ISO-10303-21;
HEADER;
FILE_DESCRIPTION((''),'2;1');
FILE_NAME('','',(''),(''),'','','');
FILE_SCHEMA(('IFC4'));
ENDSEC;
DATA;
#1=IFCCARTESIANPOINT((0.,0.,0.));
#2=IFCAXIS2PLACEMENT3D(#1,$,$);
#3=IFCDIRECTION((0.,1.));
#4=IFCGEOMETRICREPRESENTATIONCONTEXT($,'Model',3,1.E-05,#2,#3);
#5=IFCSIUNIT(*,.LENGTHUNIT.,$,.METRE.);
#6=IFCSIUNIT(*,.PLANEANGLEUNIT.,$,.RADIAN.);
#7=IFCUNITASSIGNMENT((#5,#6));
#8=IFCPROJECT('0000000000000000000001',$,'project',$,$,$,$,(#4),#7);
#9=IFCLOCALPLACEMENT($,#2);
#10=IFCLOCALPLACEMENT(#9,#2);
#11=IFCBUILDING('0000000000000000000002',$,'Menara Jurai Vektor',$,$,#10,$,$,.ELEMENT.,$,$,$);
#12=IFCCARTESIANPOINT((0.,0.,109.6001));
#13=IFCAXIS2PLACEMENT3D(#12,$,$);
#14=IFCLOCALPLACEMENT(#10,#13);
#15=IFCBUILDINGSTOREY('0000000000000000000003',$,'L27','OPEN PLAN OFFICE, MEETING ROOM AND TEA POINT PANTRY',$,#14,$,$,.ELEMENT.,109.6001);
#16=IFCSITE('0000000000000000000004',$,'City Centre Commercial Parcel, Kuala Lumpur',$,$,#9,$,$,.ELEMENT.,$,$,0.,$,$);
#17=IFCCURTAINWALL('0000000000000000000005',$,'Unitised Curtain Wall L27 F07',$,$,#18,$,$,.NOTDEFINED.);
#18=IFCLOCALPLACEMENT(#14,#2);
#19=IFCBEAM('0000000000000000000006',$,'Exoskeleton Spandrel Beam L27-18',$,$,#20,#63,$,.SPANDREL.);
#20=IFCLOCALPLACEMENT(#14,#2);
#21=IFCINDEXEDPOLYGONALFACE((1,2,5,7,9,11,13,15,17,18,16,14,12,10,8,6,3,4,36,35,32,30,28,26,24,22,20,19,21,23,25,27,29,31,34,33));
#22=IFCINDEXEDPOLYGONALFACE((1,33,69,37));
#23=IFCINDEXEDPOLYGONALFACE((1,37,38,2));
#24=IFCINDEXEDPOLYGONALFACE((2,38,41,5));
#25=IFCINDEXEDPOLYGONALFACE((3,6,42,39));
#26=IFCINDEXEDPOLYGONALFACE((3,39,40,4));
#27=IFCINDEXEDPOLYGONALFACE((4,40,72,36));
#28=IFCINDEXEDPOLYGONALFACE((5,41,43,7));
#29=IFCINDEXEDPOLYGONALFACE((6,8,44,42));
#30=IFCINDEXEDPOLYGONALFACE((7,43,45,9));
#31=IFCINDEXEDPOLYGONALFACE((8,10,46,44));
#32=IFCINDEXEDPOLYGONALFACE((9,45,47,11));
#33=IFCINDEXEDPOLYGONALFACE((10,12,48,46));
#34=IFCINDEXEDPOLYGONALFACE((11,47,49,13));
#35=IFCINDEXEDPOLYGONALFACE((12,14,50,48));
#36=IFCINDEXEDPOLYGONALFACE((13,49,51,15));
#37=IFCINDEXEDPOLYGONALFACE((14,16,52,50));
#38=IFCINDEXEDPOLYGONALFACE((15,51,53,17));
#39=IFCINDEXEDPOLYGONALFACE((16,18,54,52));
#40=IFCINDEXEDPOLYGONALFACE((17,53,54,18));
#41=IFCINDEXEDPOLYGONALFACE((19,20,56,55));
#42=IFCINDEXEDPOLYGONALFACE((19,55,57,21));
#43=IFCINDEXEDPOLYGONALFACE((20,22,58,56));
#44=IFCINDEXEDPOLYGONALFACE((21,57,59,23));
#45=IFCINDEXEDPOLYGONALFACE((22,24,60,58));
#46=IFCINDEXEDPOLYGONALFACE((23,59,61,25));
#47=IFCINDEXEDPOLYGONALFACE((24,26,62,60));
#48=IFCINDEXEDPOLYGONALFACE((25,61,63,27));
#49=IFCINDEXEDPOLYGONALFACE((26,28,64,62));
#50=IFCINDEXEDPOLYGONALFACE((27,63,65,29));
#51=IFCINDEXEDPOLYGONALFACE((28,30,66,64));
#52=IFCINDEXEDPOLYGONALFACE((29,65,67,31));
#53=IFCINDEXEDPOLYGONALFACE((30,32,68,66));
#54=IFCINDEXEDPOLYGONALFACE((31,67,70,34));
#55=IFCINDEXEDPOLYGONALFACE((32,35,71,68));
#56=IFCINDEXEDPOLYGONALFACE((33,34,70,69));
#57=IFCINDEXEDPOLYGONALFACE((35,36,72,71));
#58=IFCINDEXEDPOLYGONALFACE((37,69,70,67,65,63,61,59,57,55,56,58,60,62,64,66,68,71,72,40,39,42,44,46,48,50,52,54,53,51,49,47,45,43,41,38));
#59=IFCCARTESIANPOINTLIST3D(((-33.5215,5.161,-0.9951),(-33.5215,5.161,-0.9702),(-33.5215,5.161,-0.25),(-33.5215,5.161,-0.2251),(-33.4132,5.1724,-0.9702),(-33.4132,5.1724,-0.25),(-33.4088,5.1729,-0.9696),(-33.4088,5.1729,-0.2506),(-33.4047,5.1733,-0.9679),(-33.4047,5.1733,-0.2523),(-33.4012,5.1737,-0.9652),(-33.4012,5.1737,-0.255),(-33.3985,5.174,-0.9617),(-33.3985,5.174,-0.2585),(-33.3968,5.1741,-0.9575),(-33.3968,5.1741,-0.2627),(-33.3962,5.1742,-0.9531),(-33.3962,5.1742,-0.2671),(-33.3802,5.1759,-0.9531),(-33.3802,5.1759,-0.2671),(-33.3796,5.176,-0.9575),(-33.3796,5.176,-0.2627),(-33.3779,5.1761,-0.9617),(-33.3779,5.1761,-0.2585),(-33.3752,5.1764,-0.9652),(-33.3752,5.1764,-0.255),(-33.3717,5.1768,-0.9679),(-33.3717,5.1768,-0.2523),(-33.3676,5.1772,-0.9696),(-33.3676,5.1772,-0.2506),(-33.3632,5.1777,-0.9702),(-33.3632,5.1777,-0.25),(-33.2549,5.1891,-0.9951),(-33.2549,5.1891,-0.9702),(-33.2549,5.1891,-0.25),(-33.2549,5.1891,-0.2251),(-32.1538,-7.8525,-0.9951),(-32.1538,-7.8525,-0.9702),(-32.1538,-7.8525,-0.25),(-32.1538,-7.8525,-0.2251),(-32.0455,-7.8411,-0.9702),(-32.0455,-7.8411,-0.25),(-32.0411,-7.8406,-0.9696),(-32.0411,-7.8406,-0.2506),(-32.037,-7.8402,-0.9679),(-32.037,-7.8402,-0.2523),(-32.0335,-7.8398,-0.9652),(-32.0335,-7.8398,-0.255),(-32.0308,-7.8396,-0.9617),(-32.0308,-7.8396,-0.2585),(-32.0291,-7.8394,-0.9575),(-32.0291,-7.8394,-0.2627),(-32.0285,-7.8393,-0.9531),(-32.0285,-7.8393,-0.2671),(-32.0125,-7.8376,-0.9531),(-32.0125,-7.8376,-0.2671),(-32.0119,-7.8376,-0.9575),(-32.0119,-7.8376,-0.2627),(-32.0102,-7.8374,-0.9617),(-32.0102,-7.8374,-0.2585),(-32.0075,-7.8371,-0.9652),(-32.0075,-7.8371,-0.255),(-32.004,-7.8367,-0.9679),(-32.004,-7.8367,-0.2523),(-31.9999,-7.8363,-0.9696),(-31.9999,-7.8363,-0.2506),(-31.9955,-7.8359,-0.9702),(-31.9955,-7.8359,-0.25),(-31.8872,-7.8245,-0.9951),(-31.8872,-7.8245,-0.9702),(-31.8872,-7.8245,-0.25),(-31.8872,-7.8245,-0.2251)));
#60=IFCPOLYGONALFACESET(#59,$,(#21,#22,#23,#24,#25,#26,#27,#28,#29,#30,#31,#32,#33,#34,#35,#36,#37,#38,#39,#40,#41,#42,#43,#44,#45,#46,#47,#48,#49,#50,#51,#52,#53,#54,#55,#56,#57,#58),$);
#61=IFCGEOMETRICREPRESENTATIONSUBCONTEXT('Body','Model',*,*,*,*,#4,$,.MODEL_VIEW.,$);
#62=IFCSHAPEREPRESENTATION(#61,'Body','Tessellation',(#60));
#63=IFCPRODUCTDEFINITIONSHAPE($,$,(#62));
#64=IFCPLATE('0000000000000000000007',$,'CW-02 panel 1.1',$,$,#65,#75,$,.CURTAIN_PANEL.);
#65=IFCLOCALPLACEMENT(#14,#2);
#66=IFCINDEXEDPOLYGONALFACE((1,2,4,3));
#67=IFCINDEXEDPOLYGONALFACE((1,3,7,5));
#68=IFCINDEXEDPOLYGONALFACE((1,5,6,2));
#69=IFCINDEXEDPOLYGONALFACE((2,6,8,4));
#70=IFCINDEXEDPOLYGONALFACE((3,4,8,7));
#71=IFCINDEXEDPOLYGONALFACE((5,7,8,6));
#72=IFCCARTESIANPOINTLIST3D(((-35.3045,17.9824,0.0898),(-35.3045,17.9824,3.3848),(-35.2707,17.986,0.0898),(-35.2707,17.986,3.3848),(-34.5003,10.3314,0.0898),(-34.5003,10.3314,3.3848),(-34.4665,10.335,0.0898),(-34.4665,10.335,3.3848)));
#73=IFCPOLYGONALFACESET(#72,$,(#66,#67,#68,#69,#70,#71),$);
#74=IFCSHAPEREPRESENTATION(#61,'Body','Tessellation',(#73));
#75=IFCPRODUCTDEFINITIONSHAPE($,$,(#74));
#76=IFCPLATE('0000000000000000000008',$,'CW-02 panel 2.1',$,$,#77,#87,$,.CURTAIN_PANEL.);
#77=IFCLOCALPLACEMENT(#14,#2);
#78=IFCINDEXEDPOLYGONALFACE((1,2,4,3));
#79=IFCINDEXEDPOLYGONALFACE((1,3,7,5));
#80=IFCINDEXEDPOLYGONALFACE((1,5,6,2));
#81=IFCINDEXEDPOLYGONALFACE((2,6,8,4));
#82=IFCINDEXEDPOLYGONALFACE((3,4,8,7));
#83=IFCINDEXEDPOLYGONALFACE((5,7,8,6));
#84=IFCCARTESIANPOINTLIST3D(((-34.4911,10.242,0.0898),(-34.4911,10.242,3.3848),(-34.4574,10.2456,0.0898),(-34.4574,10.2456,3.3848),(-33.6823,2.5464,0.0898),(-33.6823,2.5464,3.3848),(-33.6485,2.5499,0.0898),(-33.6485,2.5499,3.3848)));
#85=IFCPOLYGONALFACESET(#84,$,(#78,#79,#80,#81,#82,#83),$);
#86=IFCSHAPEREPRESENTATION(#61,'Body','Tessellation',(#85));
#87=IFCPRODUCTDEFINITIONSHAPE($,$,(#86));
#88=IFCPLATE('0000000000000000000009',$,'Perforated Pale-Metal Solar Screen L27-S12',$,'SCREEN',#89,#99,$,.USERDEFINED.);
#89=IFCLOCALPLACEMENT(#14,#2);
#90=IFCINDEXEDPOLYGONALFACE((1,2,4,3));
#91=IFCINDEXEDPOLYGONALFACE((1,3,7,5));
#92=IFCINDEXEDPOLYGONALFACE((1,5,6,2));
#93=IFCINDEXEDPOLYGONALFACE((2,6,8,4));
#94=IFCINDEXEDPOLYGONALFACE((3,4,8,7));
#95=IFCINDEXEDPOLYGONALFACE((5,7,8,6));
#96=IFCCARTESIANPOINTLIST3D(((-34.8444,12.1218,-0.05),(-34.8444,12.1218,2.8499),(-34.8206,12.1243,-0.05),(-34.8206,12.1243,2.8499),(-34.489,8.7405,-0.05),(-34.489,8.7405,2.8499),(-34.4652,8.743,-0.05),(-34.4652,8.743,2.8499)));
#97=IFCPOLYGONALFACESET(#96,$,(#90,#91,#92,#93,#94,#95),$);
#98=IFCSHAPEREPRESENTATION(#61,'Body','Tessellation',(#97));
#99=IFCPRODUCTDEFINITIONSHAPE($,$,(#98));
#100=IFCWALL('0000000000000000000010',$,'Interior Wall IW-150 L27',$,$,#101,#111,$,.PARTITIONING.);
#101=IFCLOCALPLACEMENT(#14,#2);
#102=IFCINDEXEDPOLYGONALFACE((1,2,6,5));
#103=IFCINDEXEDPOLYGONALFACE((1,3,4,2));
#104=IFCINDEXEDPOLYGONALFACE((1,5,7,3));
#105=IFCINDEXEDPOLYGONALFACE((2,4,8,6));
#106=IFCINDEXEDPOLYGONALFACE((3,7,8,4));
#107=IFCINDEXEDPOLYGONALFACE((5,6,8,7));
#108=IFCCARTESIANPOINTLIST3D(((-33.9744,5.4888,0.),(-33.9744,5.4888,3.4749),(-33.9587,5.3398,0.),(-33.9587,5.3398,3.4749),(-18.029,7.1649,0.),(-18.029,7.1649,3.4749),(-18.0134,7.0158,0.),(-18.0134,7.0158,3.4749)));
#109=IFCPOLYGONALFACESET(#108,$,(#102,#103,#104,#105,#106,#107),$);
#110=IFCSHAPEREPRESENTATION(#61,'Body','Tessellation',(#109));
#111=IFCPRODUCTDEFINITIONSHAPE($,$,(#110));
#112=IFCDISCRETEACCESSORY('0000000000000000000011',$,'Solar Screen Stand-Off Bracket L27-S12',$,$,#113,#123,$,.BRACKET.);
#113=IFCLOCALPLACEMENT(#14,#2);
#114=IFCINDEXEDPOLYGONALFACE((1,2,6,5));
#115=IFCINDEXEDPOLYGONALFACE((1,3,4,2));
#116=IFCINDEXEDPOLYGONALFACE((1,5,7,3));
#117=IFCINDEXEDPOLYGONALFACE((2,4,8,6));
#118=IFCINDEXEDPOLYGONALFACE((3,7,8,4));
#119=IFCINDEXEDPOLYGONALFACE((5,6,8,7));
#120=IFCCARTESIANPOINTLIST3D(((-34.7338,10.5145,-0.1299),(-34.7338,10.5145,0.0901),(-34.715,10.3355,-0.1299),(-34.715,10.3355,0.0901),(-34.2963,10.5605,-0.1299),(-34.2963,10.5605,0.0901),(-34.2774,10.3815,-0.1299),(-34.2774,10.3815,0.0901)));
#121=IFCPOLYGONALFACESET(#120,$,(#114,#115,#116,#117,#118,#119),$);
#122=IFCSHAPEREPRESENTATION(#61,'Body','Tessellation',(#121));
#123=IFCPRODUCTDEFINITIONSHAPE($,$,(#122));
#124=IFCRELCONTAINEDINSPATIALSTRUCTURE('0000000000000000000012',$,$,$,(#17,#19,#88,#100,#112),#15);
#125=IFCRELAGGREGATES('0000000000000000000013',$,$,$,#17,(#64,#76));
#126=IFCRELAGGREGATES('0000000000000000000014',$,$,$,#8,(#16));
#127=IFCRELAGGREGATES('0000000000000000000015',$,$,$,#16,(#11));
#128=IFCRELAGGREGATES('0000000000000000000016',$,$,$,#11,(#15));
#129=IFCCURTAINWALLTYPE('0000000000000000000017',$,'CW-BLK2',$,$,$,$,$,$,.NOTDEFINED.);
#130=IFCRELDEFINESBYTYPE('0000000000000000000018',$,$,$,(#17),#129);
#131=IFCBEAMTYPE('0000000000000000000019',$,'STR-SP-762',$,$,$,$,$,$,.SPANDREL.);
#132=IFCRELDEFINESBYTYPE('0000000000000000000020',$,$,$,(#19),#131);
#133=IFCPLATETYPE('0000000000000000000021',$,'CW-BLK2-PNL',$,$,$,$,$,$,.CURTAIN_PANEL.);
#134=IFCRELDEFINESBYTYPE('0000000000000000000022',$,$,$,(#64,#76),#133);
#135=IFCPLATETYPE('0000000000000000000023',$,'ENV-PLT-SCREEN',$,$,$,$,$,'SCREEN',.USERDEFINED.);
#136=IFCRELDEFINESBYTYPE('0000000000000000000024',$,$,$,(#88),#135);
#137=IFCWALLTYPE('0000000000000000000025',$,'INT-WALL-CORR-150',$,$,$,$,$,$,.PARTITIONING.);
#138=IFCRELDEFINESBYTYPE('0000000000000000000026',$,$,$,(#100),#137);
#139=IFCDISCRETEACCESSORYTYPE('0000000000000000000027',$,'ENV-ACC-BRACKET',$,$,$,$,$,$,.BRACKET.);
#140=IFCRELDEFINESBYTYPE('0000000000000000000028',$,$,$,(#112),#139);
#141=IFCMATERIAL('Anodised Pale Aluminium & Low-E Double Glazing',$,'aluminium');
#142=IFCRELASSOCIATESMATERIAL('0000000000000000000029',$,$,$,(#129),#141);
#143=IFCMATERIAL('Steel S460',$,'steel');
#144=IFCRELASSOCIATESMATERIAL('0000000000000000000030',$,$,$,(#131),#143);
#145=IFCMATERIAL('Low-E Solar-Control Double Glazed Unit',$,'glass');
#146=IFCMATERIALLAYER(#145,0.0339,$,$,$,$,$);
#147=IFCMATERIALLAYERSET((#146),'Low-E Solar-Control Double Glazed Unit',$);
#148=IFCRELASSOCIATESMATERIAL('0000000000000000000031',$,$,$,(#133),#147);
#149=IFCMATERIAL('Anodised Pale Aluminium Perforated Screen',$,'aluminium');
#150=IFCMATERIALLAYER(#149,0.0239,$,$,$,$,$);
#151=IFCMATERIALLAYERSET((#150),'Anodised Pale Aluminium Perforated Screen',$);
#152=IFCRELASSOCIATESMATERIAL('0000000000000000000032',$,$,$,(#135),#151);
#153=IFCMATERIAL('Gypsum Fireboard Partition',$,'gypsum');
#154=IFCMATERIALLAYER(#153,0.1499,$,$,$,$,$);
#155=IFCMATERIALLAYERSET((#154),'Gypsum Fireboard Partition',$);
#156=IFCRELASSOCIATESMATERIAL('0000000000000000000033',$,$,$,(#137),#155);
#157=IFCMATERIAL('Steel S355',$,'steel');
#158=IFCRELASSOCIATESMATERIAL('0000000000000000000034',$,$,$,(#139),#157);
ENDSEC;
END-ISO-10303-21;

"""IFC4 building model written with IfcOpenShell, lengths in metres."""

from ifc_helpers import new_model, si_unit, direction, frame, frame_2d, origin, origin_2d, place, context, subcontext, project, spatial, rectangle, i_section, extrude, material, layer, layer_set, material_profile, profile_set, type_object, element, aggregate, save


model = new_model("IFC4")

# Units and contexts
model_context = context("Model", 3, precision=1e-05, world=origin(), true_north=direction((0.0, 1.0)))
body_context = subcontext(model_context, "Body", "Model", "MODEL_VIEW")
ifc_project = project(units=[si_unit("LENGTHUNIT", "METRE"), si_unit("PLANEANGLEUNIT", "RADIAN")], contexts=[model_context])

# Site, building, storey
site_placement = place(None, origin())
site = spatial("IfcSite", under=ifc_project, at=site_placement, Name="City Centre Commercial Parcel, Kuala Lumpur", CompositionType="ELEMENT", RefElevation=0.0)
building_placement = place(site_placement, origin())
building = spatial("IfcBuilding", under=site, at=building_placement, Name="Menara Jurai Vektor", CompositionType="ELEMENT")
storey_placement = place(building_placement, frame((0.0, 0.0, 109.6001)))
storey = spatial("IfcBuildingStorey", under=building, at=storey_placement, Name="L27", Description="OPEN PLAN OFFICE, MEETING ROOM AND TEA POINT PANTRY", CompositionType="ELEMENT", Elevation=109.6001)

# Shared definitions
ifc_material_1 = material(Name="Steel S460", Category="steel")

# Curtain wall
ifc_material_2 = material(Name="Anodised Pale Aluminium & Low-E Double Glazing", Category="aluminium")
curtain_wall_type = type_object("IfcCurtainWallType", Name="CW-BLK2", PredefinedType="NOTDEFINED", material=ifc_material_2)
curtain_wall_placement = place(storey_placement, origin())
curtain_wall = element("IfcCurtainWall", 1, at=curtain_wall_placement, inside=storey, type_object=curtain_wall_type, Name="Unitised Curtain Wall L27 F07", PredefinedType="NOTDEFINED")

# Beam
ifc_material_3 = material(Name="Steel S355", Category="steel")
ifc_material_profile_1 = material_profile(ifc_material_1, i_section(OverallWidth=0.2681, OverallDepth=0.77, WebThickness=0.0161, FlangeThickness=0.0249, FilletRadius=0.0171, at=origin_2d()), Name="UKB 762x267x197")
ifc_profile_set_1 = profile_set([ifc_material_profile_1], Name="Steel S460")
beam_type_1 = type_object("IfcBeamType", Name="STR-SP-762", PredefinedType="SPANDREL", material=ifc_profile_set_1)
beam_1_placement = place(storey_placement, frame((-33.3882, 5.175, -0.6101), z_axis=(0.104522, -0.994523, 0.0), x_axis=(0.994523, 0.104522, 0.0)))
element("IfcBeam", 2, at=beam_1_placement, inside=storey, type_object=beam_type_1, Name="Exoskeleton Spandrel Beam L27-18", PredefinedType="SPANDREL", context=body_context, shape_type="SweptSolid", body=[
    extrude(i_section(OverallWidth=0.2681, OverallDepth=0.77, WebThickness=0.0161, FlangeThickness=0.0249, FilletRadius=0.0171, at=origin_2d()), origin(), (0.0, 0.0, 1.0), 13.0852),
])

# Plates
ifc_material_4 = material(Name="Low-E Solar-Control Double Glazed Unit", Category="glass")
ifc_layer_1 = layer(ifc_material_4, 0.0339)
ifc_layer_set_1 = layer_set([ifc_layer_1], Name="Low-E Solar-Control Double Glazed Unit")
plate_type_1 = type_object("IfcPlateType", Name="CW-BLK2-PNL", PredefinedType="CURTAIN_PANEL", material=ifc_layer_set_1)
plate_1_placement = place(storey_placement, frame((-34.8855, 14.1587, 0.0898), z_axis=(0.0, 0.0, 1.0), x_axis=(0.10453, -0.994522, 0.0)))
plate_1 = element("IfcPlate", 3, at=plate_1_placement, type_object=plate_type_1, Name="CW-02 panel 1.1", PredefinedType="CURTAIN_PANEL", context=body_context, shape_type="SweptSolid", body=[
    extrude(rectangle(XDim=7.6931, YDim=0.0339, at=origin_2d()), origin(), (0.0, 0.0, 1.0), 3.2949),
])
plate_2_placement = place(storey_placement, frame((-34.0698, 6.396, 0.0898), z_axis=(0.0, 0.0, 1.0), x_axis=(0.10453, -0.994522, 0.0)))
plate_2 = element("IfcPlate", 4, at=plate_2_placement, type_object=plate_type_1, Name="CW-02 panel 2.1", PredefinedType="CURTAIN_PANEL", context=body_context, shape_type="SweptSolid", body=[
    extrude(rectangle(XDim=7.738, YDim=0.0339, at=origin_2d()), origin(), (0.0, 0.0, 1.0), 3.2949),
])
aggregate(curtain_wall, [plate_1, plate_2])
ifc_material_5 = material(Name="Anodised Pale Aluminium Perforated Screen", Category="aluminium")
ifc_layer_2 = layer(ifc_material_5, 0.0239)
ifc_layer_set_2 = layer_set([ifc_layer_2], Name="Anodised Pale Aluminium Perforated Screen")
plate_type_2 = type_object("IfcPlateType", Name="ENV-PLT-SCREEN", ElementType="SCREEN", PredefinedType="USERDEFINED", material=ifc_layer_set_2)
plate_3_placement = place(storey_placement, frame((-34.6548, 10.4324, -0.05), z_axis=(0.0, 0.0, 1.0), x_axis=(0.104528, -0.994522, 0.0)))
element("IfcPlate", 5, at=plate_3_placement, inside=storey, type_object=plate_type_2, Name="Perforated Pale-Metal Solar Screen L27-S12", ObjectType="SCREEN", PredefinedType="USERDEFINED", context=body_context, shape_type="SweptSolid", body=[
    extrude(rectangle(XDim=3.3999, YDim=0.0239, at=origin_2d()), origin(), (0.0, 0.0, 1.0), 2.8999),
])

# Wall
ifc_material_6 = material(Name="Gypsum Fireboard Partition", Category="gypsum")
ifc_layer_3 = layer(ifc_material_6, 0.1499)
ifc_layer_set_3 = layer_set([ifc_layer_3], Name="Gypsum Fireboard Partition")
wall_type = type_object("IfcWallType", Name="INT-WALL-CORR-150", PredefinedType="PARTITIONING", material=ifc_layer_set_3)
wall_placement = place(storey_placement, frame((-33.9666, 5.4143, 0.0), z_axis=(0.0, 0.0, 1.0), x_axis=(0.994521, 0.104535, 0.0)))
element("IfcWall", 6, at=wall_placement, inside=storey, type_object=wall_type, Name="Interior Wall IW-150 L27", PredefinedType="PARTITIONING", context=body_context, shape_type="SweptSolid", body=[
    extrude(rectangle(XDim=16.0332, YDim=0.1499, at=frame_2d((8.0166, 0.0))), origin(), (0.0, 0.0, 1.0), 3.4749),
])

# Discrete accessory
discrete_accessory_type = type_object("IfcDiscreteAccessoryType", Name="ENV-ACC-BRACKET", PredefinedType="BRACKET", material=ifc_material_3)
discrete_accessory_placement = place(storey_placement, frame((-34.5056, 10.448, -0.1299), z_axis=(0.0, 0.0, 1.0), x_axis=(0.104528, -0.994522, 0.0)))
element("IfcDiscreteAccessory", 7, at=discrete_accessory_placement, inside=storey, type_object=discrete_accessory_type, Name="Solar Screen Stand-Off Bracket L27-S12", PredefinedType="BRACKET", context=body_context, shape_type="SweptSolid", body=[
    extrude(rectangle(XDim=0.1799, YDim=0.4399, at=origin_2d()), origin(), (0.0, 0.0, 1.0), 0.22),
])

save(model, "model.ifc")
